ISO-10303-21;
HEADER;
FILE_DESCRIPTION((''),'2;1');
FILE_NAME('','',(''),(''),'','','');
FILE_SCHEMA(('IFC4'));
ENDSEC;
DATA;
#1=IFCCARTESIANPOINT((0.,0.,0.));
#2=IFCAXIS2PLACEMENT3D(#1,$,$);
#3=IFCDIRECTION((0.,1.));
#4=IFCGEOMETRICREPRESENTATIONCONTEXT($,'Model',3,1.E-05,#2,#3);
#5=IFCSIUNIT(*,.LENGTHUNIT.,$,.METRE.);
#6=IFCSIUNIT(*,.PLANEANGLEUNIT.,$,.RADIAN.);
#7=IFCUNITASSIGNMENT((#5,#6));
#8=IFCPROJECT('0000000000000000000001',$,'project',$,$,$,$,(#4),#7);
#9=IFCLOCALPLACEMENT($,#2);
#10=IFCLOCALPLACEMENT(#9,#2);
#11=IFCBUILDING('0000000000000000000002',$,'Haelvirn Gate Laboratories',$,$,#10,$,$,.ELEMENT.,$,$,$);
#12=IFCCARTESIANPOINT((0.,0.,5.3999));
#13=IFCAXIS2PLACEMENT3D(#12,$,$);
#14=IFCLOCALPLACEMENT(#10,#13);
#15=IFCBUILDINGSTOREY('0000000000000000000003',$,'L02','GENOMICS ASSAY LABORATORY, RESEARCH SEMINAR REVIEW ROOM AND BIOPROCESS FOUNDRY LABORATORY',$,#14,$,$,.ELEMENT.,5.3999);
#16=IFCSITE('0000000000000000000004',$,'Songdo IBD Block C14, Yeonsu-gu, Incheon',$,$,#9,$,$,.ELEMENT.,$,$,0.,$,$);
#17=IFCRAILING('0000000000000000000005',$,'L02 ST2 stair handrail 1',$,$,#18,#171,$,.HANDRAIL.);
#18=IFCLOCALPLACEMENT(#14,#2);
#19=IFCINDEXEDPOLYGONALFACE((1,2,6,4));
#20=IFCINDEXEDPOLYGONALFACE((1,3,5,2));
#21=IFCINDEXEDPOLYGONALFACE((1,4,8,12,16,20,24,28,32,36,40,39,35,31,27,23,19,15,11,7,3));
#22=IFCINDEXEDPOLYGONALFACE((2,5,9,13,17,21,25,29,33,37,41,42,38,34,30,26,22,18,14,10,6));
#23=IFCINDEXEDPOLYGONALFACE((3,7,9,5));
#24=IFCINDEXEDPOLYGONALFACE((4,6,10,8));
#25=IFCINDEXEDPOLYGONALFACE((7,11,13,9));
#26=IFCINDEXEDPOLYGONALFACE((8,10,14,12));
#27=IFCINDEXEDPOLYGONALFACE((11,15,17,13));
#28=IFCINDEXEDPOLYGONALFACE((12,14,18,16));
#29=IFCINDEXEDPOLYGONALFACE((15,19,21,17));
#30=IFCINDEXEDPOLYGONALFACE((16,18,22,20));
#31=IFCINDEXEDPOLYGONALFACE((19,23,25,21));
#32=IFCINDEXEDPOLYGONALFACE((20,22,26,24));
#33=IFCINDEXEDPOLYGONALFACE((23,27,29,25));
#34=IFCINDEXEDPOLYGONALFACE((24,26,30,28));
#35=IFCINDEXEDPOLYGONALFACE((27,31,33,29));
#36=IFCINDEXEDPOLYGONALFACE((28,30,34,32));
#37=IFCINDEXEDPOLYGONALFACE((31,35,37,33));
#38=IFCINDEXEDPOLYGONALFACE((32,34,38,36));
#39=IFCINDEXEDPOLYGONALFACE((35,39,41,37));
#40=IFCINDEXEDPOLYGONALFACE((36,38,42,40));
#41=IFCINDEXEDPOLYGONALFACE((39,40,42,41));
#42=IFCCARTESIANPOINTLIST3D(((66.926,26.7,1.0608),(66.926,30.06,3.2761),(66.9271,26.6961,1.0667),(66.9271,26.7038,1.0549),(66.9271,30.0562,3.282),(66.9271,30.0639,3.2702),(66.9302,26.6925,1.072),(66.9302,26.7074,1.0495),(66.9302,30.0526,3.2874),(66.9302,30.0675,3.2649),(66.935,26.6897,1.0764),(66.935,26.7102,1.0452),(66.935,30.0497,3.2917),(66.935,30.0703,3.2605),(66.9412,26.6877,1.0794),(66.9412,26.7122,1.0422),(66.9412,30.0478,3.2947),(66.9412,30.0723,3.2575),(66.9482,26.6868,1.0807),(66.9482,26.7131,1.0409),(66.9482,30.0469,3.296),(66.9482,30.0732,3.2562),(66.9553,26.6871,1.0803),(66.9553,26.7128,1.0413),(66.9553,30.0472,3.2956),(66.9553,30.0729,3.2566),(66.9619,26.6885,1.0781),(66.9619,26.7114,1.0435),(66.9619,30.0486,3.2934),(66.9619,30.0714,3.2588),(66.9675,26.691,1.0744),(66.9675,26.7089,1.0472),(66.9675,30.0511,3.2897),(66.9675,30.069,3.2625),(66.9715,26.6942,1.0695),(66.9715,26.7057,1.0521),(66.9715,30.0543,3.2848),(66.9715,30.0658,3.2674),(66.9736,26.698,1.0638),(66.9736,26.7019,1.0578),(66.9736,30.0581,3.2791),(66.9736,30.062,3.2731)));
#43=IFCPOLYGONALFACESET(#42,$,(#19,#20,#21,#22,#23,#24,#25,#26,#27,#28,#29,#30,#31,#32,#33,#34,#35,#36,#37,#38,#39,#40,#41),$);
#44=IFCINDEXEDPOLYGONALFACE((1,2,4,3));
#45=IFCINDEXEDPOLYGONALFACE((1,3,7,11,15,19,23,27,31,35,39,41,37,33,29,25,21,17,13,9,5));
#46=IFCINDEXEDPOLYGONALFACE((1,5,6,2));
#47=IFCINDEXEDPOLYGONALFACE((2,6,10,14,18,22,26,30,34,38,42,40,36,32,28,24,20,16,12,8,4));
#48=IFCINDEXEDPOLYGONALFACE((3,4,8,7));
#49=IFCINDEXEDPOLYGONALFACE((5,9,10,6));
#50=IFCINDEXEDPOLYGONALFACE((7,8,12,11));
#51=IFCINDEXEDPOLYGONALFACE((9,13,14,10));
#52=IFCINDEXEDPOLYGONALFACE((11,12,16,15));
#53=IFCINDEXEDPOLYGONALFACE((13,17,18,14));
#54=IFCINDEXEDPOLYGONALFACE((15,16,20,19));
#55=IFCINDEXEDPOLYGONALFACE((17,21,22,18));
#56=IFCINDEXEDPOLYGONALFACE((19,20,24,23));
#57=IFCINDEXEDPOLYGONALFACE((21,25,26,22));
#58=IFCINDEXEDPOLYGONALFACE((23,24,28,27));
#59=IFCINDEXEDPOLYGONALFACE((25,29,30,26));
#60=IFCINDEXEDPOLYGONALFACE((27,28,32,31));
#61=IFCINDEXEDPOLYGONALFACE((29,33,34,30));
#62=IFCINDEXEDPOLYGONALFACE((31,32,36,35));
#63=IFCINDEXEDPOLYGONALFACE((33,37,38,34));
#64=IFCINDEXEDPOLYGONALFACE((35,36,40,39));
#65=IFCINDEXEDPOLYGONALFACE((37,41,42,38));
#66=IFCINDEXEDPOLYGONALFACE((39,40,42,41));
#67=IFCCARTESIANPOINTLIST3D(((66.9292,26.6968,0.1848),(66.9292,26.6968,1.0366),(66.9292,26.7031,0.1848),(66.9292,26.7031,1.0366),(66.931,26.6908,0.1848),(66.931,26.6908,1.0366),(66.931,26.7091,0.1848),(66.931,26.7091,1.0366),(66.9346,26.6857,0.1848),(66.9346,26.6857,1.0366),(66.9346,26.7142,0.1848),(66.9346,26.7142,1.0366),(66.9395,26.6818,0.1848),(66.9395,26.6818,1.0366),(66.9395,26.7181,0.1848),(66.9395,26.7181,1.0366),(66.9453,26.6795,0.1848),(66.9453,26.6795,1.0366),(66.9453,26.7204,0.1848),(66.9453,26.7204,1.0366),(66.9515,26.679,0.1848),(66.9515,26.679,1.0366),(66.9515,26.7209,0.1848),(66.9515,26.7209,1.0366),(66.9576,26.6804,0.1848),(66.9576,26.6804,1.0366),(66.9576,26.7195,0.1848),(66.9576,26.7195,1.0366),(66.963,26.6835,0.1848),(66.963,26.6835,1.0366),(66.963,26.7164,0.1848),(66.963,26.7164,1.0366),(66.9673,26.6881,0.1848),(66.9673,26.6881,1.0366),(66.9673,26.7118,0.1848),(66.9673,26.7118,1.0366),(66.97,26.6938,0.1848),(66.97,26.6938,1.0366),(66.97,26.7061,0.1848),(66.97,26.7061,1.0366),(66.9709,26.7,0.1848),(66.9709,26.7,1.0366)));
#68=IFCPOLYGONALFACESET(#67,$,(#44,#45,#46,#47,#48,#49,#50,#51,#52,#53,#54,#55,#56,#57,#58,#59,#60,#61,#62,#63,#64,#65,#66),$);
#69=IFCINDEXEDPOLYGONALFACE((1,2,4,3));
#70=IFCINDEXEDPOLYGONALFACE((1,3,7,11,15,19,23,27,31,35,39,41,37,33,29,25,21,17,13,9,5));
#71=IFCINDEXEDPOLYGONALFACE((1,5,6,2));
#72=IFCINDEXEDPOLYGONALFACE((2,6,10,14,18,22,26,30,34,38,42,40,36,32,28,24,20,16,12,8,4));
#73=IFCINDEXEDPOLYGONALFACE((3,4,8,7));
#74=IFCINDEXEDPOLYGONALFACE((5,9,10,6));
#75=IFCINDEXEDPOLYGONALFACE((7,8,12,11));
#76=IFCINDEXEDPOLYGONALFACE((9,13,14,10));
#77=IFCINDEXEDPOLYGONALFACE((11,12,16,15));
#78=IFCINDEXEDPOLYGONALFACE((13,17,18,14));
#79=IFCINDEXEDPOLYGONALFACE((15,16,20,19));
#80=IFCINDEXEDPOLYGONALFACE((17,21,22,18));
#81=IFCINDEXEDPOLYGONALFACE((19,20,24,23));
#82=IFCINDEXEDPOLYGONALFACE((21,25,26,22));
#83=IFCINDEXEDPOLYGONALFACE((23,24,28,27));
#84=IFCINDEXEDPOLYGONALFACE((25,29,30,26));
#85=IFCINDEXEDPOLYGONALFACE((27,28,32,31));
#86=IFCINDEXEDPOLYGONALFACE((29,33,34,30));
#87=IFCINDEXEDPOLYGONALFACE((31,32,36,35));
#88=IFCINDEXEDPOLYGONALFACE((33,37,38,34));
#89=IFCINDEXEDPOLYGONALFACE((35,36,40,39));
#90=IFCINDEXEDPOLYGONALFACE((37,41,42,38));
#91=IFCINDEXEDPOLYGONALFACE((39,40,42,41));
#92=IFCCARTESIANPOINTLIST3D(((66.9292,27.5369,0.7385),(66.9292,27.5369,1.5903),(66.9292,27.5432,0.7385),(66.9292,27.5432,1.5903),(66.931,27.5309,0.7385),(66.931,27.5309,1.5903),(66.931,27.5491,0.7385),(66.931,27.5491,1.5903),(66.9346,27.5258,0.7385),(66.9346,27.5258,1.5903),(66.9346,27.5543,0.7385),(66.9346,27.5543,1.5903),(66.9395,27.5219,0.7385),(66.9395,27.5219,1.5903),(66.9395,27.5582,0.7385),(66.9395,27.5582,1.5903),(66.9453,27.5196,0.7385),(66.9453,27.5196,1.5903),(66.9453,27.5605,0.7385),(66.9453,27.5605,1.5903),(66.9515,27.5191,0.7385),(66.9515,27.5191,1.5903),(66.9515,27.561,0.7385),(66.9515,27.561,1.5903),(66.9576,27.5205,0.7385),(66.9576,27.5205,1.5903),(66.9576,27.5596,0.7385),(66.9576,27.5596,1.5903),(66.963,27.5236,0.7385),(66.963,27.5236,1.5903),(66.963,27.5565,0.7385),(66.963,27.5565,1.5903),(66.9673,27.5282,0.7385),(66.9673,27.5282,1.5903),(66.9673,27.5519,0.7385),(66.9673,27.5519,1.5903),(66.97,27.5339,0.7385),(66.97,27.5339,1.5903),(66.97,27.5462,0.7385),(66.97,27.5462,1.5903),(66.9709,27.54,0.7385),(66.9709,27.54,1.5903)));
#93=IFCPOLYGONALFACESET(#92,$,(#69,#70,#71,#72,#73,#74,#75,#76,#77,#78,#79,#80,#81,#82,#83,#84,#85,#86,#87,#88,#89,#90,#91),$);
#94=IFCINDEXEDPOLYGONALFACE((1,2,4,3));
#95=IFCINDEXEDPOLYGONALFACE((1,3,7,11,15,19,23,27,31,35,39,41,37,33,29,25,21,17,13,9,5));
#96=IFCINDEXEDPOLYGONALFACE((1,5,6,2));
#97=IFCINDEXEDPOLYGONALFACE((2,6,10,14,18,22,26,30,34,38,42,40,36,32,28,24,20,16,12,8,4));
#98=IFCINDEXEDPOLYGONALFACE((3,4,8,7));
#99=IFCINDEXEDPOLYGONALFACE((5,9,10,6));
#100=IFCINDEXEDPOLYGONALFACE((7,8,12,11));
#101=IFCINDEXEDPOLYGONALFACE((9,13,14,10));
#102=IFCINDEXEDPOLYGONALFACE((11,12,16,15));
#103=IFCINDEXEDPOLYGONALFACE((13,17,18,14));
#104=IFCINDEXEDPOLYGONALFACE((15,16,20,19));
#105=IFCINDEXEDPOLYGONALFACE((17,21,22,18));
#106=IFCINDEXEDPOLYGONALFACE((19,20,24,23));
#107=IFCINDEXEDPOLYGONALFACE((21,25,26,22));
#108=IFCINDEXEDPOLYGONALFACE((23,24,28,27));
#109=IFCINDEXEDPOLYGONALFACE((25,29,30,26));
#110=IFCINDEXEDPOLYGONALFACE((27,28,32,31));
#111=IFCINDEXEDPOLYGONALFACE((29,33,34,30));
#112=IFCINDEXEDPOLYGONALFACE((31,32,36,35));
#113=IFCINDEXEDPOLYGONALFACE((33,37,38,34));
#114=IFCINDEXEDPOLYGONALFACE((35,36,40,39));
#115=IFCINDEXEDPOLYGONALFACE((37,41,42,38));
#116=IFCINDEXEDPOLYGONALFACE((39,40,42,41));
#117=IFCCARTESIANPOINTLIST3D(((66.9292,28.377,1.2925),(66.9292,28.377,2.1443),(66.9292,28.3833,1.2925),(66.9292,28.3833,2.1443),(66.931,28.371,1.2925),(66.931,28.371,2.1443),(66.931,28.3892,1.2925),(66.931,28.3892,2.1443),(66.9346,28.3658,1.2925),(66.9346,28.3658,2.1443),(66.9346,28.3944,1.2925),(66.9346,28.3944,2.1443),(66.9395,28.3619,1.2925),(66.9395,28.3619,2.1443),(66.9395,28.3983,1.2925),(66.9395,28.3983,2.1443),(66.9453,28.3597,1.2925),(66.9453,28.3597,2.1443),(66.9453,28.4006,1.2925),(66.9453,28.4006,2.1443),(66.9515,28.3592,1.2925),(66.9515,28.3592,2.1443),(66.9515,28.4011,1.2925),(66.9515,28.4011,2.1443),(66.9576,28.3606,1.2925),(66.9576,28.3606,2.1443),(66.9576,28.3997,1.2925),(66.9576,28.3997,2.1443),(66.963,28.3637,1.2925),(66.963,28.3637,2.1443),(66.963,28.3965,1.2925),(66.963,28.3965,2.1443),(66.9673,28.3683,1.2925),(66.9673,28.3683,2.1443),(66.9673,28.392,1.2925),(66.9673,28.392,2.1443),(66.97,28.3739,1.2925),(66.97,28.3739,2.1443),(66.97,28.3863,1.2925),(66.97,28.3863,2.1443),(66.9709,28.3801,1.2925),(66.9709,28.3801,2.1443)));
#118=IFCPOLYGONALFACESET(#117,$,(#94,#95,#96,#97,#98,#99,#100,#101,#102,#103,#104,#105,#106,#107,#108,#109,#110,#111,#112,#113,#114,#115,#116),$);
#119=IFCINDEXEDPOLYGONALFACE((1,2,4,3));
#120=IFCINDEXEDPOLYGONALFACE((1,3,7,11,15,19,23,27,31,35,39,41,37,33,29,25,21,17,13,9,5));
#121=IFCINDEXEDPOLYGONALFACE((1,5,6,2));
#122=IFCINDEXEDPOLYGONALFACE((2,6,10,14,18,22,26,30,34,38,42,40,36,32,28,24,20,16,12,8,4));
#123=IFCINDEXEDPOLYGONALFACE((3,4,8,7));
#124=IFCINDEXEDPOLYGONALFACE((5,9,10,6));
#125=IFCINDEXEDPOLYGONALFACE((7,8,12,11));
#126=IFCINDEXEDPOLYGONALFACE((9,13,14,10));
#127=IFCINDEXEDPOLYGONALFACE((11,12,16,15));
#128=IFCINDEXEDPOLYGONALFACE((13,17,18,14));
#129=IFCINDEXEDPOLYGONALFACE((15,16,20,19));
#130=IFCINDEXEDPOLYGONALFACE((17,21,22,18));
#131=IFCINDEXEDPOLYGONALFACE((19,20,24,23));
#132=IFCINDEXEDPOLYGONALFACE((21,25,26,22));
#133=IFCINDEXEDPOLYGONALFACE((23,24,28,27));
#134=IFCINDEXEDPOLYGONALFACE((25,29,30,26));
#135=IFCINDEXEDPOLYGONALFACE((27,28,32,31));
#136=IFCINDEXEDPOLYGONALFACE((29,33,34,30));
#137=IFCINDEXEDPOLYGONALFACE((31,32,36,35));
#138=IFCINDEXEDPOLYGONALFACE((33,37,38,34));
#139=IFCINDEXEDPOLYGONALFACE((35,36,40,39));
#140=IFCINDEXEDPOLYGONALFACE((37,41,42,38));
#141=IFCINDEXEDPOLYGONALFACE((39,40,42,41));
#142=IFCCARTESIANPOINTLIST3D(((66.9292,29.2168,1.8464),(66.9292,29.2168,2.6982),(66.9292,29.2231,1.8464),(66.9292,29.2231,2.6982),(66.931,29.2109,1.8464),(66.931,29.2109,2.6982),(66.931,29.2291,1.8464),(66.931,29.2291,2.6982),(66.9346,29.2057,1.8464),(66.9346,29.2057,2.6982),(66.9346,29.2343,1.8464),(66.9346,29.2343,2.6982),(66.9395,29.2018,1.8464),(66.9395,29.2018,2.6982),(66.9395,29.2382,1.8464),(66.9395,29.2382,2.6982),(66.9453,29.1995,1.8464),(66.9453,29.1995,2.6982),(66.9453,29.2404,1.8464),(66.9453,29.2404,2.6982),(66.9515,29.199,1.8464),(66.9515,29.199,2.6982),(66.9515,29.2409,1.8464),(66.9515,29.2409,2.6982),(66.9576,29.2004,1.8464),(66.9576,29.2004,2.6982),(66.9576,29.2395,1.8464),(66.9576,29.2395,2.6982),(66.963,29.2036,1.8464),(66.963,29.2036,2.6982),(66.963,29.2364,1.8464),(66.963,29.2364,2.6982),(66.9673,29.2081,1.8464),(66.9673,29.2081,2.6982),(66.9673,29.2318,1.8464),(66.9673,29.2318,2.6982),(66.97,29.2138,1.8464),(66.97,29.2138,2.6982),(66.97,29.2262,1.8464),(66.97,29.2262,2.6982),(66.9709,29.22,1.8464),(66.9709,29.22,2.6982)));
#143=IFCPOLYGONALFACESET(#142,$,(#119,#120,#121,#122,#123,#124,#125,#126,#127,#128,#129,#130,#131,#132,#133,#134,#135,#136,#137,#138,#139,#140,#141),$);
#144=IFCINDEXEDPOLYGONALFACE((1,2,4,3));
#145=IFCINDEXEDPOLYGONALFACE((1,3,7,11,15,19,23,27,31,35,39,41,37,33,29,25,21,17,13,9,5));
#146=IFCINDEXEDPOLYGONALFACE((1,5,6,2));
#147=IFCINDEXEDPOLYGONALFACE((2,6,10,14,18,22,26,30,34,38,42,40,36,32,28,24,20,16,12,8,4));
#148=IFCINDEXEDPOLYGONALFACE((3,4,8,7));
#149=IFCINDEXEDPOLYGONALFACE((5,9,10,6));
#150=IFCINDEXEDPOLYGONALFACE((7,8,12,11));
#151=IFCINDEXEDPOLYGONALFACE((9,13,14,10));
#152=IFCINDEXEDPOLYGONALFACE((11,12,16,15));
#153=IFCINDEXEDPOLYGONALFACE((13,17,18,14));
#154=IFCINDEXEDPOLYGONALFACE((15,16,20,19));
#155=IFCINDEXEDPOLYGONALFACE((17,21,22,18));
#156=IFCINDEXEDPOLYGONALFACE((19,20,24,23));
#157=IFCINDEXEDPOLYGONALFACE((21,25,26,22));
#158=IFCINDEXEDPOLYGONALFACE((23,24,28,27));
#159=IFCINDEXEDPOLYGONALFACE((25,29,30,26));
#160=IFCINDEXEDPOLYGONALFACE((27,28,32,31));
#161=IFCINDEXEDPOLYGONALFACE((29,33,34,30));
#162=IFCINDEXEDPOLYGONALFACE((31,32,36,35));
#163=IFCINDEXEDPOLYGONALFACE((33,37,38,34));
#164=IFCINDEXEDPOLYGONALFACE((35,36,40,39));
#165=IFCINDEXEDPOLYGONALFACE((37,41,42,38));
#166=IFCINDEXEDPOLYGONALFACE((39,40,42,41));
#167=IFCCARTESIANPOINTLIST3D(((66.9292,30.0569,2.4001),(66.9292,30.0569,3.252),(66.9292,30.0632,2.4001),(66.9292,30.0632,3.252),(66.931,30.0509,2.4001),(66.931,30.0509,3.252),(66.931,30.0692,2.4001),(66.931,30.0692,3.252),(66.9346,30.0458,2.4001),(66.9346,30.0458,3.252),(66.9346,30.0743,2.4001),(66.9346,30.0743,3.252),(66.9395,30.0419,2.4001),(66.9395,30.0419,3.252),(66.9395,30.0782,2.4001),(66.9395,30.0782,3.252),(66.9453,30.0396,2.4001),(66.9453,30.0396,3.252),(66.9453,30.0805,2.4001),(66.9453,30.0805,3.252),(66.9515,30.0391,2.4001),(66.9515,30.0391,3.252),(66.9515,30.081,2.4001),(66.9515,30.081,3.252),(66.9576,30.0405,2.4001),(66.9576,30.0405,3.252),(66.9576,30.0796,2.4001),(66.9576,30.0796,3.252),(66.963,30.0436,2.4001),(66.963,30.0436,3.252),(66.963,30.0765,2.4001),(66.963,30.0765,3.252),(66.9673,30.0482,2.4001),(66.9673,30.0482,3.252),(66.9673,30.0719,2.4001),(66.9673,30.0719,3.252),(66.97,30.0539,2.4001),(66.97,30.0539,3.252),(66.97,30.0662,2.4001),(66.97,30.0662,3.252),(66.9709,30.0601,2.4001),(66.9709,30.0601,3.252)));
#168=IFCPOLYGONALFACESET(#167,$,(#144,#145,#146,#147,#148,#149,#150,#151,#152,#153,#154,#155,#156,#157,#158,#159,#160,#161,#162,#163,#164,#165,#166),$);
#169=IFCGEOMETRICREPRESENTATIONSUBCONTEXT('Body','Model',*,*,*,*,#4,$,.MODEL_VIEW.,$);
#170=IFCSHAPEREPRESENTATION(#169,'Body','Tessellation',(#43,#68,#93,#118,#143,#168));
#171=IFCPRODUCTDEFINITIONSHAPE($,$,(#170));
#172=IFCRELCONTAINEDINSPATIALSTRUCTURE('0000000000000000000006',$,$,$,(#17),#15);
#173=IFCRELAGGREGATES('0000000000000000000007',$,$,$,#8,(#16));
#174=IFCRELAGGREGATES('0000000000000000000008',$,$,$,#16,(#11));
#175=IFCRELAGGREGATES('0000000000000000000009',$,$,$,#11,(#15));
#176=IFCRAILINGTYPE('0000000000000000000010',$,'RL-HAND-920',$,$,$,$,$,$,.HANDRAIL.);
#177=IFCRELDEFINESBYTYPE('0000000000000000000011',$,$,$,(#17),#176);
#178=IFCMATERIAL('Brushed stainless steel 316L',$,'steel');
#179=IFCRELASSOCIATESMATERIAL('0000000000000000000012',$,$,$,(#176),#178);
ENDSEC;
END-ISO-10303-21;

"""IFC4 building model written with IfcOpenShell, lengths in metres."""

from ifc_helpers import new_model, si_unit, direction, frame, origin, origin_2d, place, context, subcontext, project, spatial, circle, extrude, source, transform, mapped, material, type_object, element, save


model = new_model("IFC4")

# Units and contexts
model_context = context("Model", 3, precision=1e-05, world=origin(), true_north=direction((0.0, 1.0)))
body_context = subcontext(model_context, "Body", "Model", "MODEL_VIEW")
ifc_project = project(units=[si_unit("LENGTHUNIT", "METRE"), si_unit("PLANEANGLEUNIT", "RADIAN")], contexts=[model_context])

# Site, building, storey
site_placement = place(None, origin())
site = spatial("IfcSite", under=ifc_project, at=site_placement, Name="Songdo IBD Block C14, Yeonsu-gu, Incheon", CompositionType="ELEMENT", RefElevation=0.0)
building_placement = place(site_placement, origin())
building = spatial("IfcBuilding", under=site, at=building_placement, Name="Haelvirn Gate Laboratories", CompositionType="ELEMENT")
storey_placement = place(building_placement, frame((0.0, 0.0, 5.3999)))
storey = spatial("IfcBuildingStorey", under=building, at=storey_placement, Name="L02", Description="GENOMICS ASSAY LABORATORY, RESEARCH SEMINAR REVIEW ROOM AND BIOPROCESS FOUNDRY LABORATORY", CompositionType="ELEMENT", Elevation=5.3999)

# Railing
ifc_material_1 = material(Name="Brushed stainless steel 316L", Category="steel")
railing_type_1 = type_object("IfcRailingType", Name="RL-HAND-920", PredefinedType="HANDRAIL", material=ifc_material_1)
shared_shape_1 = source(origin(), body_context, "Body", "SweptSolid", [
    extrude(circle(Radius=0.0239, at=origin_2d()), frame((0.0, 0.0, 0.876), z_axis=(0.0, 0.834876, 0.550437), x_axis=(-1.0, 0.0, 0.0)), (0.0, 0.0, 1.0), 4.0247),
    extrude(circle(Radius=0.021, at=origin_2d()), origin(), (0.0, 0.0, 1.0), 0.8518),
    extrude(circle(Radius=0.021, at=origin_2d()), frame((0.0, 0.8401, 0.5537)), (0.0, 0.0, 1.0), 0.8518),
    extrude(circle(Radius=0.021, at=origin_2d()), frame((0.0, 1.6802, 1.1077)), (0.0, 0.0, 1.0), 0.8518),
    extrude(circle(Radius=0.021, at=origin_2d()), frame((0.0, 2.52, 1.6616)), (0.0, 0.0, 1.0), 0.8518),
    extrude(circle(Radius=0.021, at=origin_2d()), frame((0.0, 3.3601, 2.2153)), (0.0, 0.0, 1.0), 0.8518),
])
railing_1_placement = place(storey_placement, frame((66.95, 26.7, 0.1848)))
element("IfcRailing", 1, at=railing_1_placement, inside=storey, type_object=railing_type_1, Name="L02 ST2 stair handrail 1", PredefinedType="HANDRAIL", context=body_context, shape_type="MappedRepresentation", body=[
    mapped(shared_shape_1, transform((0.0, 0.0, 0.0), scale=1.0)),
])

save(model, "model.ifc")
